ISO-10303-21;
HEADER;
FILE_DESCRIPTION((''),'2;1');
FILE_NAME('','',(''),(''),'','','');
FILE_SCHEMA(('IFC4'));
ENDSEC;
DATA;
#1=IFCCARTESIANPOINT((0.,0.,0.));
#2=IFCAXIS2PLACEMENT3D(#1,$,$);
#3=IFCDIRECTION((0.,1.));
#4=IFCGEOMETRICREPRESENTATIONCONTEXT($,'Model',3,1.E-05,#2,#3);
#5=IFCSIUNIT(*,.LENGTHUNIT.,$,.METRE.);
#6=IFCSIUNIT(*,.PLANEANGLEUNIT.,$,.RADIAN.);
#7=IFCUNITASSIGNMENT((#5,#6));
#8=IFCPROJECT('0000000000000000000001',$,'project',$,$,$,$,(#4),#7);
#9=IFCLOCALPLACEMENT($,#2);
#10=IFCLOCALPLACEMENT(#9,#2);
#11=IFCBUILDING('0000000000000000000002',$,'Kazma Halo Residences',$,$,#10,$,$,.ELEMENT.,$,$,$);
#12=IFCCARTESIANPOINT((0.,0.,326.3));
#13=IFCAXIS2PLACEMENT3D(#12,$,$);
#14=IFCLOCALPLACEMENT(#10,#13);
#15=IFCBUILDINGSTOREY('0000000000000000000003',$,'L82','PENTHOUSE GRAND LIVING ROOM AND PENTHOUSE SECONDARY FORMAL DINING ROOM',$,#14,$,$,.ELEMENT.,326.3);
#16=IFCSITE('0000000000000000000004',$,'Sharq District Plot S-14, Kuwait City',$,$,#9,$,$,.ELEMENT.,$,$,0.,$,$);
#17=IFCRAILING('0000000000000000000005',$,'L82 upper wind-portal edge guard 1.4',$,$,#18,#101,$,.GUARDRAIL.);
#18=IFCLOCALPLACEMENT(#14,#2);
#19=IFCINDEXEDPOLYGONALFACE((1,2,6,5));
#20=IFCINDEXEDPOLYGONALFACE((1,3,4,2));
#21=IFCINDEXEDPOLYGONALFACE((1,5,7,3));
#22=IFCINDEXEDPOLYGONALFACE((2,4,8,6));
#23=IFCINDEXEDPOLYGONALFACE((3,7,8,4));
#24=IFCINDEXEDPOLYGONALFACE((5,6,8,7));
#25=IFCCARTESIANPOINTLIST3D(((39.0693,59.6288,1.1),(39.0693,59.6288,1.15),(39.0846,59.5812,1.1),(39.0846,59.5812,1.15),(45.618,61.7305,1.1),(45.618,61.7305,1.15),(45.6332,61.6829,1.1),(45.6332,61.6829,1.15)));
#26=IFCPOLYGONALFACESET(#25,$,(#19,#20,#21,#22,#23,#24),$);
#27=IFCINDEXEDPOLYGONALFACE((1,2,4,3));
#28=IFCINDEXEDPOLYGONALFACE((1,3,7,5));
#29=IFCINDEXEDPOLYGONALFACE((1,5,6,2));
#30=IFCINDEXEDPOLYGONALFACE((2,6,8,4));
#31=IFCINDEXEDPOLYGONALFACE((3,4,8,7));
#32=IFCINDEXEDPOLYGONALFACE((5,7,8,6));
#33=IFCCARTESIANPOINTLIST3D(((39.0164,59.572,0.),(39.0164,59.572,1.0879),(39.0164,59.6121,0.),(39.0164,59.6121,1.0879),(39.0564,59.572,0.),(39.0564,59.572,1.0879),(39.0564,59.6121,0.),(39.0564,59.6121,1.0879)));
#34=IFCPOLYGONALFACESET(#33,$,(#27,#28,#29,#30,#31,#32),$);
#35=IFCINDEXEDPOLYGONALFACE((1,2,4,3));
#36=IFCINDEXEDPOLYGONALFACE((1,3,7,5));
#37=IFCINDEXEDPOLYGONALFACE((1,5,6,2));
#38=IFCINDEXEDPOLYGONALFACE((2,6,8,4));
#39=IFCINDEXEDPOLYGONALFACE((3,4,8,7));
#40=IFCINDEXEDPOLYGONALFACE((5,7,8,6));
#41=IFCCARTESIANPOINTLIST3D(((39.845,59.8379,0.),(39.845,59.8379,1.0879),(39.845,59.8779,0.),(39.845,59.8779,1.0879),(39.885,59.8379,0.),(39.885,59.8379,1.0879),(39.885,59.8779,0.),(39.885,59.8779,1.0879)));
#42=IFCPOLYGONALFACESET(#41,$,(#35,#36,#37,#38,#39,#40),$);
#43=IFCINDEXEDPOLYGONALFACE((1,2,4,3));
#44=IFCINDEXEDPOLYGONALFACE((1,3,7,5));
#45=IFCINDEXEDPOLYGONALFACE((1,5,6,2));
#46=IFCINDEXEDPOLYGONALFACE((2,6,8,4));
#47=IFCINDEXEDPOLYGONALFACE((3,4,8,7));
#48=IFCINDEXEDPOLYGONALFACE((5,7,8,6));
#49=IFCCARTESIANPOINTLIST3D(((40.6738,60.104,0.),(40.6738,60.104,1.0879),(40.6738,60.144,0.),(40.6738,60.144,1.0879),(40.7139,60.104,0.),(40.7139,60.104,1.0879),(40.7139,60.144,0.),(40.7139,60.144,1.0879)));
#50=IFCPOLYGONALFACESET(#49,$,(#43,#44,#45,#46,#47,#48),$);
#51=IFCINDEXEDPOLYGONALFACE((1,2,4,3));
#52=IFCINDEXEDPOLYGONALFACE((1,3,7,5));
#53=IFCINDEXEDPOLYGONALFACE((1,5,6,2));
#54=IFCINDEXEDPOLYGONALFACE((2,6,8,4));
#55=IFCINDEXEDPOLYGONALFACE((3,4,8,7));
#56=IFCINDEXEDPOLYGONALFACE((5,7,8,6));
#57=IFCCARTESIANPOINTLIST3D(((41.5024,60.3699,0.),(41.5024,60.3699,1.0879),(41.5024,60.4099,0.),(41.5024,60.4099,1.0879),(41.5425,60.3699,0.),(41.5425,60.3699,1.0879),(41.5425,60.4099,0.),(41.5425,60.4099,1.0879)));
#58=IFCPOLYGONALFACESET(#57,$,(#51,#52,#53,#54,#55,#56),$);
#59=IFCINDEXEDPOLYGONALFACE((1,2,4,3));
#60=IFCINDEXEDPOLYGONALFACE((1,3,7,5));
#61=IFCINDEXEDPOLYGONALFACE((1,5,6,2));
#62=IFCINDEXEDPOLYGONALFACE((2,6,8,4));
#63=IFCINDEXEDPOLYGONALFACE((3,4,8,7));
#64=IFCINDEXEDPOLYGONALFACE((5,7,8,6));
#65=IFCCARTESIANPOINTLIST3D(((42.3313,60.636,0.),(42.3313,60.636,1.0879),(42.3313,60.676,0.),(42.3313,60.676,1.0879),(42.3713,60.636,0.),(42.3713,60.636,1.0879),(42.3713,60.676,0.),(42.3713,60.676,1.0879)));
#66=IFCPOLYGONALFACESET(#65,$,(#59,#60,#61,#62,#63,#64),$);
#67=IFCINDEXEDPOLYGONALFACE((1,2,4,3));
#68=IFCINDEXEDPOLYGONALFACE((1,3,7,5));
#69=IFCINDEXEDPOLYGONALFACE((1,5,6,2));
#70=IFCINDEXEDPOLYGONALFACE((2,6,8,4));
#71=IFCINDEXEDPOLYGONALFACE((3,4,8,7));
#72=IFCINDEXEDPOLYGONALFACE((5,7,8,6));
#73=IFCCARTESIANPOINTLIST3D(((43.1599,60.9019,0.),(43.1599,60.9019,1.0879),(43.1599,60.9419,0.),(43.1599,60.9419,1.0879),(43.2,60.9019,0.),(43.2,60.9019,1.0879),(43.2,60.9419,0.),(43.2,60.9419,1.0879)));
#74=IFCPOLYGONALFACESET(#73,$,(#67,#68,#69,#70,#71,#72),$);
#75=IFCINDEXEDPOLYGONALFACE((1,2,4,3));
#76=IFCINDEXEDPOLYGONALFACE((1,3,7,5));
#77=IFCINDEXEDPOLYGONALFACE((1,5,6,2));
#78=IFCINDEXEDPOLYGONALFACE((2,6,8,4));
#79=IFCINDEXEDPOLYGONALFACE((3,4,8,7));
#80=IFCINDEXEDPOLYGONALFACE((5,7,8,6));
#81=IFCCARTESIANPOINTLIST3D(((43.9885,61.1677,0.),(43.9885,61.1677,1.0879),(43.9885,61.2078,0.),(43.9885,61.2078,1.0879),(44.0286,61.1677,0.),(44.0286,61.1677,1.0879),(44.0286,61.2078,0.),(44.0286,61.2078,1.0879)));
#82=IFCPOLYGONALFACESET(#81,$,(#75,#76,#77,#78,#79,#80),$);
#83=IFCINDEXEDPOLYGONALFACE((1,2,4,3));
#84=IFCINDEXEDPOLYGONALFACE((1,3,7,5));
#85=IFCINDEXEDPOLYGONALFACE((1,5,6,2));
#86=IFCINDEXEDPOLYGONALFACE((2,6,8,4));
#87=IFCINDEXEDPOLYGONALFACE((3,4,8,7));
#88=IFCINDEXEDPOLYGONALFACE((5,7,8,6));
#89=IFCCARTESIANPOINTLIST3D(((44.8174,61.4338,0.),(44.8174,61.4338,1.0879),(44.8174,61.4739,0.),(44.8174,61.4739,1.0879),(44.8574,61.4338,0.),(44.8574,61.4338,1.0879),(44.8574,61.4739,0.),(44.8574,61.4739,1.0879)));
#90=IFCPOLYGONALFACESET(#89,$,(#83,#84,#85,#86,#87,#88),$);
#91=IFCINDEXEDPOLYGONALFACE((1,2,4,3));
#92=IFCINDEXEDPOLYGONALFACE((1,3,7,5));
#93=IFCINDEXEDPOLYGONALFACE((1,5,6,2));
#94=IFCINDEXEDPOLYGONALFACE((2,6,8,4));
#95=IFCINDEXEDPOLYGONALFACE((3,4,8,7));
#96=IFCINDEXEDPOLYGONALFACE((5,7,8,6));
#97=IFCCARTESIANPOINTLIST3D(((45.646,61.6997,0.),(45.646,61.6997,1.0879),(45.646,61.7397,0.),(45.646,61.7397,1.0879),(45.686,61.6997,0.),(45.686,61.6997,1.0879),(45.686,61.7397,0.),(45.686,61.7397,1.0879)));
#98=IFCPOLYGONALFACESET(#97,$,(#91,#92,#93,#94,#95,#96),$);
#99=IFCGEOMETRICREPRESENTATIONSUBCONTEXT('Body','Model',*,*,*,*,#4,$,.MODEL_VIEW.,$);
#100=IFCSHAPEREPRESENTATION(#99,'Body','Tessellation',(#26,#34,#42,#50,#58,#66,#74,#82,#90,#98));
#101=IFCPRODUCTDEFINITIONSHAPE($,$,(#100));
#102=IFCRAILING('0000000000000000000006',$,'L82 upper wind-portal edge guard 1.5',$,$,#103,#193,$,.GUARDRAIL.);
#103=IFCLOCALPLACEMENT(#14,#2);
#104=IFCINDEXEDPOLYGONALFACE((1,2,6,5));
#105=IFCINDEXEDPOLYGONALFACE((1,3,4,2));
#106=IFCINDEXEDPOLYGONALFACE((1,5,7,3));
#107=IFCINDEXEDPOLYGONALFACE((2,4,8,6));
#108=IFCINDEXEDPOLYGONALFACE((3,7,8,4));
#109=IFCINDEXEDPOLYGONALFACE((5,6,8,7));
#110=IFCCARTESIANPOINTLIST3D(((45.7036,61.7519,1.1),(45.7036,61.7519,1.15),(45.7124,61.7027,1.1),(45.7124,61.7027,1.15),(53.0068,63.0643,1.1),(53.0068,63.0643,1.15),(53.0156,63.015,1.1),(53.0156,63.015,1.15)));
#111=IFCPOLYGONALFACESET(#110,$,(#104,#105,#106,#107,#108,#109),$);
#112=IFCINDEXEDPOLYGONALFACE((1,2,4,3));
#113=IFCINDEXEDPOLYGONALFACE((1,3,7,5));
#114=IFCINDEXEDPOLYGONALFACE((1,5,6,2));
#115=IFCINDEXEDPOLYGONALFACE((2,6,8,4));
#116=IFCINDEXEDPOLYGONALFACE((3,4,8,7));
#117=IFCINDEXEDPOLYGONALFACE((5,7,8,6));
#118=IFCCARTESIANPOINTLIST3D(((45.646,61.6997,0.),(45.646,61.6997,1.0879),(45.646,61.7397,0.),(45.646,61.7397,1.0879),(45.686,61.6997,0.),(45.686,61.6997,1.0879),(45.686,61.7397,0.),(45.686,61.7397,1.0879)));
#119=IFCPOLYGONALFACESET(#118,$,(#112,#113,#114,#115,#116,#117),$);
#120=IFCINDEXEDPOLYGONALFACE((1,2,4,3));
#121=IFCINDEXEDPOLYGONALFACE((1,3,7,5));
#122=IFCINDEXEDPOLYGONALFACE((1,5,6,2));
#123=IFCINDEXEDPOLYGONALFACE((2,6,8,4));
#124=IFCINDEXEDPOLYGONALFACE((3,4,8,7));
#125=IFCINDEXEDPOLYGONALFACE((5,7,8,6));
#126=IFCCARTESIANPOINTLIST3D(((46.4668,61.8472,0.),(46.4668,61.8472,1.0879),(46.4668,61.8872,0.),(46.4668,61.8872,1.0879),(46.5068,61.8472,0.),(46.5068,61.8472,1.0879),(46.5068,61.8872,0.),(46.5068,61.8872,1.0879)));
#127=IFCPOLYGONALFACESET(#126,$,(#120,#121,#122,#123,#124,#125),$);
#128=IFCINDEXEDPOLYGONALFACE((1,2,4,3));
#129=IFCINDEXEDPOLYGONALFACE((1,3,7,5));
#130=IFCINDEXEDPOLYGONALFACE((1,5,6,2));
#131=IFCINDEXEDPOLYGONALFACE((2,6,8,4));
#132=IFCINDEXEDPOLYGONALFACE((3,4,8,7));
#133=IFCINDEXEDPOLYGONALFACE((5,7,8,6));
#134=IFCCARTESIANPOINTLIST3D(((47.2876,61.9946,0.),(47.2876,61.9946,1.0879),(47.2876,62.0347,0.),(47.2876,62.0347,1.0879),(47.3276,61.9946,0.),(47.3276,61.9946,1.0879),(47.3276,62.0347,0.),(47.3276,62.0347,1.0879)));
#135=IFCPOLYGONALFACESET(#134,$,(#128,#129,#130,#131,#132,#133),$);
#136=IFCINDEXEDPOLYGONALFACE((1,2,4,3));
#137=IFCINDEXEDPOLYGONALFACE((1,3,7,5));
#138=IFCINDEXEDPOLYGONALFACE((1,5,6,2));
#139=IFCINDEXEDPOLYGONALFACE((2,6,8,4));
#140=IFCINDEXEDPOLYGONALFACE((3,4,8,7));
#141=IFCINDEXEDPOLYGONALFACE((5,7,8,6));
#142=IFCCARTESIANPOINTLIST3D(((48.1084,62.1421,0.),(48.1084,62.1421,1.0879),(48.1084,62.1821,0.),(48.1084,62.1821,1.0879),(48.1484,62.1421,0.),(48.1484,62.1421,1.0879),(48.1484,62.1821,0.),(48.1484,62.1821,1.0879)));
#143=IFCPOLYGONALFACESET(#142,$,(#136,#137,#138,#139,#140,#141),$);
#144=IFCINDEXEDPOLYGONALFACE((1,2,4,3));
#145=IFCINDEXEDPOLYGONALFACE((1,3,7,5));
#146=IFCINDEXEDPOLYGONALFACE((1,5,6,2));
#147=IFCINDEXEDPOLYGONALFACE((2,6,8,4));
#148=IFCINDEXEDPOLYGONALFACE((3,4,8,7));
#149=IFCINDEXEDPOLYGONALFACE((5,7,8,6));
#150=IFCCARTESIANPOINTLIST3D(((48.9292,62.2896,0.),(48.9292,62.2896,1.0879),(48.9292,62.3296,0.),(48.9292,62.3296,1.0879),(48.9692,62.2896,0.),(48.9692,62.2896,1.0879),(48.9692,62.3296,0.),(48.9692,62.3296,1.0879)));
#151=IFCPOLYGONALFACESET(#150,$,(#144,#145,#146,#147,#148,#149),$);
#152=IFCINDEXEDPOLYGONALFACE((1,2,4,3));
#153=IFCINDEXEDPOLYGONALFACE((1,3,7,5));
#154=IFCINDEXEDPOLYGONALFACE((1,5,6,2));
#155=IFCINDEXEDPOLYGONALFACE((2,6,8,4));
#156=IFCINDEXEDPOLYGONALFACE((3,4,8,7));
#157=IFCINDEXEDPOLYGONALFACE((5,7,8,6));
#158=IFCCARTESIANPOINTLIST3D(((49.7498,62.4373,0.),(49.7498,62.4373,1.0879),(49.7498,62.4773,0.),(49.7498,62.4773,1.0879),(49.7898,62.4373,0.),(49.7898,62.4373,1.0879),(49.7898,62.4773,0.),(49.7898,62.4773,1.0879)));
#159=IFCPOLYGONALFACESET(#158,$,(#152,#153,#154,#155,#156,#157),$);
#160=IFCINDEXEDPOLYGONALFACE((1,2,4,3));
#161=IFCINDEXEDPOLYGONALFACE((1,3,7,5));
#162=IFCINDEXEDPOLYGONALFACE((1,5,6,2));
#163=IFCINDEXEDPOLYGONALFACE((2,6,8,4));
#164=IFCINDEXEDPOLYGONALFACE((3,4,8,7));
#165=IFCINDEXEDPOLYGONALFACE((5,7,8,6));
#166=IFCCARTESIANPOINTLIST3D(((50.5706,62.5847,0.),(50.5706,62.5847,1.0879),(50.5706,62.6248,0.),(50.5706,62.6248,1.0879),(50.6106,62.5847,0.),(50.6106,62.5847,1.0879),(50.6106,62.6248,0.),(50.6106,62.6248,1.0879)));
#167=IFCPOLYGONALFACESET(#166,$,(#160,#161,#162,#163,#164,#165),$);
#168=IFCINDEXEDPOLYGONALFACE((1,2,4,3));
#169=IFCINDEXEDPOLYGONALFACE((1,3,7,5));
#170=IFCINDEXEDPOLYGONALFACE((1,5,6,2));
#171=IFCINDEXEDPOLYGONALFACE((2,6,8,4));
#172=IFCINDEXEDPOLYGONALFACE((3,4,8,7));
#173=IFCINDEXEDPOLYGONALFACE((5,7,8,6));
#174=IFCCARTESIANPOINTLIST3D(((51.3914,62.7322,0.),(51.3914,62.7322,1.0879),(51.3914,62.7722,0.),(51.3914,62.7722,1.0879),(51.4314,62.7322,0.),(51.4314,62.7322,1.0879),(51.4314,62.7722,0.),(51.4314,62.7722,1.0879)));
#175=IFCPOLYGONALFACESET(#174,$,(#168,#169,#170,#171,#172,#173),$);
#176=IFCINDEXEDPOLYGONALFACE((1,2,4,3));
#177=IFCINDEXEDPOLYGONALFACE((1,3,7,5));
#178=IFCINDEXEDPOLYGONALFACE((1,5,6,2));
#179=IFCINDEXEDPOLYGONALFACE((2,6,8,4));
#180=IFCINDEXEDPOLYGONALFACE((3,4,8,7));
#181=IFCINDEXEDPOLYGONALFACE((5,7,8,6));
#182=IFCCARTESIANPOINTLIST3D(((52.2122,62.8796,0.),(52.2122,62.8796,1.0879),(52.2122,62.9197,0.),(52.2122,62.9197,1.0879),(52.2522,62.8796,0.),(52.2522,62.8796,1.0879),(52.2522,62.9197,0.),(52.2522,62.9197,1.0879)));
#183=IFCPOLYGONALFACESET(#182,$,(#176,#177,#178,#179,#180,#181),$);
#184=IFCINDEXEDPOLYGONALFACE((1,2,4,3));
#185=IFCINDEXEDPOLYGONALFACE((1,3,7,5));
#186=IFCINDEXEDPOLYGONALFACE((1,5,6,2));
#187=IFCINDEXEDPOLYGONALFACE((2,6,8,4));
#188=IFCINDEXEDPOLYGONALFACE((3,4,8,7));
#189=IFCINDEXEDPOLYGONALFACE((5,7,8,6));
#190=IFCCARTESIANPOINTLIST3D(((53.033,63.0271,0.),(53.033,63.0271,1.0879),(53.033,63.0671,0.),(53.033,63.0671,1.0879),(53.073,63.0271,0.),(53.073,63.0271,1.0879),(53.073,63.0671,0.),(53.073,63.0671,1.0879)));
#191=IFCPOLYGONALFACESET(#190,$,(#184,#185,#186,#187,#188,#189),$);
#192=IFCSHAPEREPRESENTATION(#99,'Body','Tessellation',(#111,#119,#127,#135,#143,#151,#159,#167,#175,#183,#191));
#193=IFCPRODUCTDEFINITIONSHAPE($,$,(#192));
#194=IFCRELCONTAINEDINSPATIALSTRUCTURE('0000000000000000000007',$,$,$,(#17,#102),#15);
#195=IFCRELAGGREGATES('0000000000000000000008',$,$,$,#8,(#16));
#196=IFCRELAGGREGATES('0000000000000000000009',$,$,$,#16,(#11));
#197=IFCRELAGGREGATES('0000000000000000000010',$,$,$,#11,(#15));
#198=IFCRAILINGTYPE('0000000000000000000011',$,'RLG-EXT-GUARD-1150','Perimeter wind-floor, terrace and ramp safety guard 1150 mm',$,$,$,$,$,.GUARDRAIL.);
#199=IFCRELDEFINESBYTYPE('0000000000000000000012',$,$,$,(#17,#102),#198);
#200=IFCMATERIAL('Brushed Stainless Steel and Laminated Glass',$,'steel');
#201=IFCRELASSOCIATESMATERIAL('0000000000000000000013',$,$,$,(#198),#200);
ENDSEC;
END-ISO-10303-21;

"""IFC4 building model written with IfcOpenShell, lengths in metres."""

from ifc_helpers import new_model, si_unit, direction, frame, origin, origin_2d, place, context, subcontext, project, spatial, rectangle, extrude, material, type_object, element, save


model = new_model("IFC4")

# Units and contexts
model_context = context("Model", 3, precision=1e-05, world=origin(), true_north=direction((0.0, 1.0)))
body_context = subcontext(model_context, "Body", "Model", "MODEL_VIEW")
ifc_project = project(units=[si_unit("LENGTHUNIT", "METRE"), si_unit("PLANEANGLEUNIT", "RADIAN")], contexts=[model_context])

# Site, building, storey
site_placement = place(None, origin())
site = spatial("IfcSite", under=ifc_project, at=site_placement, Name="Sharq District Plot S-14, Kuwait City", CompositionType="ELEMENT", RefElevation=0.0)
building_placement = place(site_placement, origin())
building = spatial("IfcBuilding", under=site, at=building_placement, Name="Kazma Halo Residences", CompositionType="ELEMENT")
storey_placement = place(building_placement, frame((0.0, 0.0, 326.3)))
storey = spatial("IfcBuildingStorey", under=building, at=storey_placement, Name="L82", Description="PENTHOUSE GRAND LIVING ROOM AND PENTHOUSE SECONDARY FORMAL DINING ROOM", CompositionType="ELEMENT", Elevation=326.3)

# Railings
ifc_material_1 = material(Name="Brushed Stainless Steel and Laminated Glass", Category="steel")
railing_type = type_object("IfcRailingType", Name="RLG-EXT-GUARD-1150", Description="Perimeter wind-floor, terrace and ramp safety guard 1150 mm", PredefinedType="GUARDRAIL", material=ifc_material_1)
railing_1_placement = place(storey_placement, frame((39.0364, 59.592, 0.0)))
element("IfcRailing", 1, at=railing_1_placement, inside=storey, type_object=railing_type, Name="L82 upper wind-portal edge guard 1.4", PredefinedType="GUARDRAIL", context=body_context, shape_type="SweptSolid", body=[
    extrude(rectangle(XDim=0.05, YDim=0.05, at=origin_2d()), frame((0.0405, 0.0129, 1.125), z_axis=(0.952165, 0.305584, 0.0), x_axis=(-0.305584, 0.952165, 0.0)), (0.0, 0.0, 1.0), 6.8777),
    extrude(rectangle(XDim=0.04, YDim=0.04, at=origin_2d()), origin(), (0.0, 0.0, 1.0), 1.0879),
    extrude(rectangle(XDim=0.04, YDim=0.04, at=origin_2d()), frame((0.8286, 0.2659, 0.0)), (0.0, 0.0, 1.0), 1.0879),
    extrude(rectangle(XDim=0.04, YDim=0.04, at=origin_2d()), frame((1.6575, 0.532, 0.0)), (0.0, 0.0, 1.0), 1.0879),
    extrude(rectangle(XDim=0.04, YDim=0.04, at=origin_2d()), frame((2.4861, 0.7979, 0.0)), (0.0, 0.0, 1.0), 1.0879),
    extrude(rectangle(XDim=0.04, YDim=0.04, at=origin_2d()), frame((3.3149, 1.064, 0.0)), (0.0, 0.0, 1.0), 1.0879),
    extrude(rectangle(XDim=0.04, YDim=0.04, at=origin_2d()), frame((4.1436, 1.3298, 0.0)), (0.0, 0.0, 1.0), 1.0879),
    extrude(rectangle(XDim=0.04, YDim=0.04, at=origin_2d()), frame((4.9722, 1.5957, 0.0)), (0.0, 0.0, 1.0), 1.0879),
    extrude(rectangle(XDim=0.04, YDim=0.04, at=origin_2d()), frame((5.801, 1.8618, 0.0)), (0.0, 0.0, 1.0), 1.0879),
    extrude(rectangle(XDim=0.04, YDim=0.04, at=origin_2d()), frame((6.6296, 2.1277, 0.0)), (0.0, 0.0, 1.0), 1.0879),
])
railing_2_placement = place(storey_placement, frame((45.666, 61.7197, 0.0)))
element("IfcRailing", 2, at=railing_2_placement, inside=storey, type_object=railing_type, Name="L82 upper wind-portal edge guard 1.5", PredefinedType="GUARDRAIL", context=body_context, shape_type="SweptSolid", body=[
    extrude(rectangle(XDim=0.05, YDim=0.05, at=origin_2d()), frame((0.042, 0.0076, 1.125), z_axis=(0.984236, 0.176861, 0.0), x_axis=(-0.176861, 0.984236, 0.0)), (0.0, 0.0, 1.0), 7.4202),
    extrude(rectangle(XDim=0.04, YDim=0.04, at=origin_2d()), origin(), (0.0, 0.0, 1.0), 1.0879),
    extrude(rectangle(XDim=0.04, YDim=0.04, at=origin_2d()), frame((0.8208, 0.1475, 0.0)), (0.0, 0.0, 1.0), 1.0879),
    extrude(rectangle(XDim=0.04, YDim=0.04, at=origin_2d()), frame((1.6416, 0.2949, 0.0)), (0.0, 0.0, 1.0), 1.0879),
    extrude(rectangle(XDim=0.04, YDim=0.04, at=origin_2d()), frame((2.4624, 0.4424, 0.0)), (0.0, 0.0, 1.0), 1.0879),
    extrude(rectangle(XDim=0.04, YDim=0.04, at=origin_2d()), frame((3.2832, 0.5898, 0.0)), (0.0, 0.0, 1.0), 1.0879),
    extrude(rectangle(XDim=0.04, YDim=0.04, at=origin_2d()), frame((4.1038, 0.7375, 0.0)), (0.0, 0.0, 1.0), 1.0879),
    extrude(rectangle(XDim=0.04, YDim=0.04, at=origin_2d()), frame((4.9246, 0.885, 0.0)), (0.0, 0.0, 1.0), 1.0879),
    extrude(rectangle(XDim=0.04, YDim=0.04, at=origin_2d()), frame((5.7454, 1.0325, 0.0)), (0.0, 0.0, 1.0), 1.0879),
    extrude(rectangle(XDim=0.04, YDim=0.04, at=origin_2d()), frame((6.5662, 1.1799, 0.0)), (0.0, 0.0, 1.0), 1.0879),
    extrude(rectangle(XDim=0.04, YDim=0.04, at=origin_2d()), frame((7.387, 1.3274, 0.0)), (0.0, 0.0, 1.0), 1.0879),
])

save(model, "model.ifc")
